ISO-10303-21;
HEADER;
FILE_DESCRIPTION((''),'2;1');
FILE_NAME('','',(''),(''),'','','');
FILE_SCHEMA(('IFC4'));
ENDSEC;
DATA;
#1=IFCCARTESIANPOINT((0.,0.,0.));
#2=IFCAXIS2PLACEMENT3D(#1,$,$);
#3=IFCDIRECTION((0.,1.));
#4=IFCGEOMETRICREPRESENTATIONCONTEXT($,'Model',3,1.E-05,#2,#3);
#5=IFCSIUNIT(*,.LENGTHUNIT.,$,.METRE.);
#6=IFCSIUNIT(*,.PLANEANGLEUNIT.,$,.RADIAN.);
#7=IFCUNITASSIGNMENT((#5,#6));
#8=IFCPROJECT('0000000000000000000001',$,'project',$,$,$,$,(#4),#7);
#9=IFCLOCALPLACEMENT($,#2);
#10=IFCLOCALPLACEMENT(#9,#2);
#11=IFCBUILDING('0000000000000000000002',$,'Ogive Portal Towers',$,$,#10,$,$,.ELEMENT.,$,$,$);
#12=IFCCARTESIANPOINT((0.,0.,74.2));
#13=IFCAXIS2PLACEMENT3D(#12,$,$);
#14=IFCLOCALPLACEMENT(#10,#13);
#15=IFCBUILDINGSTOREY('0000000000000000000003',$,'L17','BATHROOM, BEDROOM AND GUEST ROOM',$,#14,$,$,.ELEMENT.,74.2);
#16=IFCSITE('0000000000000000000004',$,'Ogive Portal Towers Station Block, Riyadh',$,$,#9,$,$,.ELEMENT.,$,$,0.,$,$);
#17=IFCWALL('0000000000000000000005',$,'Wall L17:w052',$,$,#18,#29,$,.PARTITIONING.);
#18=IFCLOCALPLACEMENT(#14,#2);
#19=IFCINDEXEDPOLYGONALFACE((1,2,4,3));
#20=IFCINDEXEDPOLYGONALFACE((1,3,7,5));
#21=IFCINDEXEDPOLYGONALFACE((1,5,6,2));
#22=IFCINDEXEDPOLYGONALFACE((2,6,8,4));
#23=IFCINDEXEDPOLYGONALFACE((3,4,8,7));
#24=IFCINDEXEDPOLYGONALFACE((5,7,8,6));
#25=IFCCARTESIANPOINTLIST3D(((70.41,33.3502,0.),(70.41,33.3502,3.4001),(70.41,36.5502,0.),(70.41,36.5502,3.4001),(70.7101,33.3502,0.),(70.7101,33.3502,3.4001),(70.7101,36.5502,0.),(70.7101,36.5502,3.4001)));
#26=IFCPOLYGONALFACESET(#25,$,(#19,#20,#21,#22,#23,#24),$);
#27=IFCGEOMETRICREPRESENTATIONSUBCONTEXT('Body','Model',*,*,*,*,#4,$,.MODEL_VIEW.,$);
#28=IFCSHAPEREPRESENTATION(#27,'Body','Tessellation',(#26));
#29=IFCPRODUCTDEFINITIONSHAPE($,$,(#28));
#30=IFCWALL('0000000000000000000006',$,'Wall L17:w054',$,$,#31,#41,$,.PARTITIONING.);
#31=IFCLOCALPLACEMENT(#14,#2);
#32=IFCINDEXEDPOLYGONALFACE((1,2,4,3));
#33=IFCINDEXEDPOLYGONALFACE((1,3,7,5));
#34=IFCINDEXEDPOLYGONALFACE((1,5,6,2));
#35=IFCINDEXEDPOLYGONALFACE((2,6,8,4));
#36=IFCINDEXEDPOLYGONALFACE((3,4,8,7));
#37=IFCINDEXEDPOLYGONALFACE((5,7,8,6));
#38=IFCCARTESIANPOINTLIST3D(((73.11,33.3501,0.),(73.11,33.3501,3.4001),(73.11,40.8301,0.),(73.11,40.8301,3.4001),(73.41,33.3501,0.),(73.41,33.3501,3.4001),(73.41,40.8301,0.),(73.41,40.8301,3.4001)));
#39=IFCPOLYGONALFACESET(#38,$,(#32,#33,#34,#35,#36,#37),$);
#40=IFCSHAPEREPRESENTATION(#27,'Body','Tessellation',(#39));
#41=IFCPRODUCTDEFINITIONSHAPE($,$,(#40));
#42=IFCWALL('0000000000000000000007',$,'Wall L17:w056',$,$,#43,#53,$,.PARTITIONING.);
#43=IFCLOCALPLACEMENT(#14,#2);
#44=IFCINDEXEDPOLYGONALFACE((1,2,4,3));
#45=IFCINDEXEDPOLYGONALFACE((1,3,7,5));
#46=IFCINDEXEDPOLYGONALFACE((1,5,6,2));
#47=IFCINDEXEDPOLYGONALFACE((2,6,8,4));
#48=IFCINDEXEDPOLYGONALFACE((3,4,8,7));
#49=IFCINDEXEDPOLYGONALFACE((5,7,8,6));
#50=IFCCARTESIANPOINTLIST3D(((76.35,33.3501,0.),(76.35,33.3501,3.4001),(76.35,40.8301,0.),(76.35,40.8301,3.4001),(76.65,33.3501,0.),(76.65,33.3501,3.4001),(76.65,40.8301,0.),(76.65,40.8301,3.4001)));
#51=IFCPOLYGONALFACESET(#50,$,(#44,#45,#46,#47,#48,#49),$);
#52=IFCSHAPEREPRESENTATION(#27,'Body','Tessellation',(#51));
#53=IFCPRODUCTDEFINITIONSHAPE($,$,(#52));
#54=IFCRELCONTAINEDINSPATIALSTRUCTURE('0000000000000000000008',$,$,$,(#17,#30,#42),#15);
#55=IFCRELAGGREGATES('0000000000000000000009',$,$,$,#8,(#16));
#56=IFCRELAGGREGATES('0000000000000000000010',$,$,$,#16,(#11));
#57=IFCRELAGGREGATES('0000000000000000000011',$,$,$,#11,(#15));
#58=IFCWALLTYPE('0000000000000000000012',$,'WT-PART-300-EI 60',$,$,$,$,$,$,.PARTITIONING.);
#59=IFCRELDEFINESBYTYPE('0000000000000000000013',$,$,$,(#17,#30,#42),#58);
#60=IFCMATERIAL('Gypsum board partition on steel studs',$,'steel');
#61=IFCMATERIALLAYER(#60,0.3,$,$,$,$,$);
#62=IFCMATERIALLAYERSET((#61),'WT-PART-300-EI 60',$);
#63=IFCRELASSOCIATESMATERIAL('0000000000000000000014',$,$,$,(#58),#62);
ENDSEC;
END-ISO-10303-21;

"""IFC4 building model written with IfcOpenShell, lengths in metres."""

from ifc_helpers import new_model, si_unit, direction, frame, frame_2d, origin, place, context, subcontext, project, spatial, rectangle, extrude, material, layer, layer_set, type_object, element, save


model = new_model("IFC4")

# Units and contexts
model_context = context("Model", 3, precision=1e-05, world=origin(), true_north=direction((0.0, 1.0)))
body_context = subcontext(model_context, "Body", "Model", "MODEL_VIEW")
ifc_project = project(units=[si_unit("LENGTHUNIT", "METRE"), si_unit("PLANEANGLEUNIT", "RADIAN")], contexts=[model_context])

# Site, building, storey
site_placement = place(None, origin())
site = spatial("IfcSite", under=ifc_project, at=site_placement, Name="Ogive Portal Towers Station Block, Riyadh", CompositionType="ELEMENT", RefElevation=0.0)
building_placement = place(site_placement, origin())
building = spatial("IfcBuilding", under=site, at=building_placement, Name="Ogive Portal Towers", CompositionType="ELEMENT")
storey_placement = place(building_placement, frame((0.0, 0.0, 74.2)))
storey = spatial("IfcBuildingStorey", under=building, at=storey_placement, Name="L17", Description="BATHROOM, BEDROOM AND GUEST ROOM", CompositionType="ELEMENT", Elevation=74.2)

# Shared definitions
ifc_material_1 = material(Name="Gypsum board partition on steel studs", Category="steel")
ifc_layer_1 = layer(ifc_material_1, 0.3)
ifc_layer_set_1 = layer_set([ifc_layer_1], Name="WT-PART-300-EI 60")
wall_type_1 = type_object("IfcWallType", Name="WT-PART-300-EI 60", PredefinedType="PARTITIONING", material=ifc_layer_set_1)

# Walls
wall_1_placement = place(storey_placement, frame((70.5601, 33.3501, 0.0), z_axis=(0.0, 0.0, 1.0), x_axis=(0.0, 1.0, 0.0)))
element("IfcWall", 1, at=wall_1_placement, inside=storey, type_object=wall_type_1, Name="Wall L17:w052", PredefinedType="PARTITIONING", context=body_context, shape_type="SweptSolid", body=[
    extrude(rectangle(XDim=3.2, YDim=0.3, at=frame_2d((1.6001, 0.0))), origin(), (0.0, 0.0, 1.0), 3.4001),
])
for number, where, z_axis, x_axis, name in (
    (2, (73.26, 33.3501, 0.0), (0.0, 0.0, 1.0), (0.0, 1.0, 0.0), "Wall L17:w054"),
    (3, (76.5, 33.3501, 0.0), (0.0, 0.0, 1.0), (0.0, 1.0, 0.0), "Wall L17:w056"),
):
    element("IfcWall", number, at=place(storey_placement, frame(where, z_axis=z_axis, x_axis=x_axis)), inside=storey, type_object=wall_type_1, Name=name, PredefinedType="PARTITIONING", context=body_context, shape_type="SweptSolid", body=[
        extrude(rectangle(XDim=7.48, YDim=0.3, at=frame_2d((3.74, 0.0))), origin(), (0.0, 0.0, 1.0), 3.4001),
    ])

save(model, "model.ifc")
